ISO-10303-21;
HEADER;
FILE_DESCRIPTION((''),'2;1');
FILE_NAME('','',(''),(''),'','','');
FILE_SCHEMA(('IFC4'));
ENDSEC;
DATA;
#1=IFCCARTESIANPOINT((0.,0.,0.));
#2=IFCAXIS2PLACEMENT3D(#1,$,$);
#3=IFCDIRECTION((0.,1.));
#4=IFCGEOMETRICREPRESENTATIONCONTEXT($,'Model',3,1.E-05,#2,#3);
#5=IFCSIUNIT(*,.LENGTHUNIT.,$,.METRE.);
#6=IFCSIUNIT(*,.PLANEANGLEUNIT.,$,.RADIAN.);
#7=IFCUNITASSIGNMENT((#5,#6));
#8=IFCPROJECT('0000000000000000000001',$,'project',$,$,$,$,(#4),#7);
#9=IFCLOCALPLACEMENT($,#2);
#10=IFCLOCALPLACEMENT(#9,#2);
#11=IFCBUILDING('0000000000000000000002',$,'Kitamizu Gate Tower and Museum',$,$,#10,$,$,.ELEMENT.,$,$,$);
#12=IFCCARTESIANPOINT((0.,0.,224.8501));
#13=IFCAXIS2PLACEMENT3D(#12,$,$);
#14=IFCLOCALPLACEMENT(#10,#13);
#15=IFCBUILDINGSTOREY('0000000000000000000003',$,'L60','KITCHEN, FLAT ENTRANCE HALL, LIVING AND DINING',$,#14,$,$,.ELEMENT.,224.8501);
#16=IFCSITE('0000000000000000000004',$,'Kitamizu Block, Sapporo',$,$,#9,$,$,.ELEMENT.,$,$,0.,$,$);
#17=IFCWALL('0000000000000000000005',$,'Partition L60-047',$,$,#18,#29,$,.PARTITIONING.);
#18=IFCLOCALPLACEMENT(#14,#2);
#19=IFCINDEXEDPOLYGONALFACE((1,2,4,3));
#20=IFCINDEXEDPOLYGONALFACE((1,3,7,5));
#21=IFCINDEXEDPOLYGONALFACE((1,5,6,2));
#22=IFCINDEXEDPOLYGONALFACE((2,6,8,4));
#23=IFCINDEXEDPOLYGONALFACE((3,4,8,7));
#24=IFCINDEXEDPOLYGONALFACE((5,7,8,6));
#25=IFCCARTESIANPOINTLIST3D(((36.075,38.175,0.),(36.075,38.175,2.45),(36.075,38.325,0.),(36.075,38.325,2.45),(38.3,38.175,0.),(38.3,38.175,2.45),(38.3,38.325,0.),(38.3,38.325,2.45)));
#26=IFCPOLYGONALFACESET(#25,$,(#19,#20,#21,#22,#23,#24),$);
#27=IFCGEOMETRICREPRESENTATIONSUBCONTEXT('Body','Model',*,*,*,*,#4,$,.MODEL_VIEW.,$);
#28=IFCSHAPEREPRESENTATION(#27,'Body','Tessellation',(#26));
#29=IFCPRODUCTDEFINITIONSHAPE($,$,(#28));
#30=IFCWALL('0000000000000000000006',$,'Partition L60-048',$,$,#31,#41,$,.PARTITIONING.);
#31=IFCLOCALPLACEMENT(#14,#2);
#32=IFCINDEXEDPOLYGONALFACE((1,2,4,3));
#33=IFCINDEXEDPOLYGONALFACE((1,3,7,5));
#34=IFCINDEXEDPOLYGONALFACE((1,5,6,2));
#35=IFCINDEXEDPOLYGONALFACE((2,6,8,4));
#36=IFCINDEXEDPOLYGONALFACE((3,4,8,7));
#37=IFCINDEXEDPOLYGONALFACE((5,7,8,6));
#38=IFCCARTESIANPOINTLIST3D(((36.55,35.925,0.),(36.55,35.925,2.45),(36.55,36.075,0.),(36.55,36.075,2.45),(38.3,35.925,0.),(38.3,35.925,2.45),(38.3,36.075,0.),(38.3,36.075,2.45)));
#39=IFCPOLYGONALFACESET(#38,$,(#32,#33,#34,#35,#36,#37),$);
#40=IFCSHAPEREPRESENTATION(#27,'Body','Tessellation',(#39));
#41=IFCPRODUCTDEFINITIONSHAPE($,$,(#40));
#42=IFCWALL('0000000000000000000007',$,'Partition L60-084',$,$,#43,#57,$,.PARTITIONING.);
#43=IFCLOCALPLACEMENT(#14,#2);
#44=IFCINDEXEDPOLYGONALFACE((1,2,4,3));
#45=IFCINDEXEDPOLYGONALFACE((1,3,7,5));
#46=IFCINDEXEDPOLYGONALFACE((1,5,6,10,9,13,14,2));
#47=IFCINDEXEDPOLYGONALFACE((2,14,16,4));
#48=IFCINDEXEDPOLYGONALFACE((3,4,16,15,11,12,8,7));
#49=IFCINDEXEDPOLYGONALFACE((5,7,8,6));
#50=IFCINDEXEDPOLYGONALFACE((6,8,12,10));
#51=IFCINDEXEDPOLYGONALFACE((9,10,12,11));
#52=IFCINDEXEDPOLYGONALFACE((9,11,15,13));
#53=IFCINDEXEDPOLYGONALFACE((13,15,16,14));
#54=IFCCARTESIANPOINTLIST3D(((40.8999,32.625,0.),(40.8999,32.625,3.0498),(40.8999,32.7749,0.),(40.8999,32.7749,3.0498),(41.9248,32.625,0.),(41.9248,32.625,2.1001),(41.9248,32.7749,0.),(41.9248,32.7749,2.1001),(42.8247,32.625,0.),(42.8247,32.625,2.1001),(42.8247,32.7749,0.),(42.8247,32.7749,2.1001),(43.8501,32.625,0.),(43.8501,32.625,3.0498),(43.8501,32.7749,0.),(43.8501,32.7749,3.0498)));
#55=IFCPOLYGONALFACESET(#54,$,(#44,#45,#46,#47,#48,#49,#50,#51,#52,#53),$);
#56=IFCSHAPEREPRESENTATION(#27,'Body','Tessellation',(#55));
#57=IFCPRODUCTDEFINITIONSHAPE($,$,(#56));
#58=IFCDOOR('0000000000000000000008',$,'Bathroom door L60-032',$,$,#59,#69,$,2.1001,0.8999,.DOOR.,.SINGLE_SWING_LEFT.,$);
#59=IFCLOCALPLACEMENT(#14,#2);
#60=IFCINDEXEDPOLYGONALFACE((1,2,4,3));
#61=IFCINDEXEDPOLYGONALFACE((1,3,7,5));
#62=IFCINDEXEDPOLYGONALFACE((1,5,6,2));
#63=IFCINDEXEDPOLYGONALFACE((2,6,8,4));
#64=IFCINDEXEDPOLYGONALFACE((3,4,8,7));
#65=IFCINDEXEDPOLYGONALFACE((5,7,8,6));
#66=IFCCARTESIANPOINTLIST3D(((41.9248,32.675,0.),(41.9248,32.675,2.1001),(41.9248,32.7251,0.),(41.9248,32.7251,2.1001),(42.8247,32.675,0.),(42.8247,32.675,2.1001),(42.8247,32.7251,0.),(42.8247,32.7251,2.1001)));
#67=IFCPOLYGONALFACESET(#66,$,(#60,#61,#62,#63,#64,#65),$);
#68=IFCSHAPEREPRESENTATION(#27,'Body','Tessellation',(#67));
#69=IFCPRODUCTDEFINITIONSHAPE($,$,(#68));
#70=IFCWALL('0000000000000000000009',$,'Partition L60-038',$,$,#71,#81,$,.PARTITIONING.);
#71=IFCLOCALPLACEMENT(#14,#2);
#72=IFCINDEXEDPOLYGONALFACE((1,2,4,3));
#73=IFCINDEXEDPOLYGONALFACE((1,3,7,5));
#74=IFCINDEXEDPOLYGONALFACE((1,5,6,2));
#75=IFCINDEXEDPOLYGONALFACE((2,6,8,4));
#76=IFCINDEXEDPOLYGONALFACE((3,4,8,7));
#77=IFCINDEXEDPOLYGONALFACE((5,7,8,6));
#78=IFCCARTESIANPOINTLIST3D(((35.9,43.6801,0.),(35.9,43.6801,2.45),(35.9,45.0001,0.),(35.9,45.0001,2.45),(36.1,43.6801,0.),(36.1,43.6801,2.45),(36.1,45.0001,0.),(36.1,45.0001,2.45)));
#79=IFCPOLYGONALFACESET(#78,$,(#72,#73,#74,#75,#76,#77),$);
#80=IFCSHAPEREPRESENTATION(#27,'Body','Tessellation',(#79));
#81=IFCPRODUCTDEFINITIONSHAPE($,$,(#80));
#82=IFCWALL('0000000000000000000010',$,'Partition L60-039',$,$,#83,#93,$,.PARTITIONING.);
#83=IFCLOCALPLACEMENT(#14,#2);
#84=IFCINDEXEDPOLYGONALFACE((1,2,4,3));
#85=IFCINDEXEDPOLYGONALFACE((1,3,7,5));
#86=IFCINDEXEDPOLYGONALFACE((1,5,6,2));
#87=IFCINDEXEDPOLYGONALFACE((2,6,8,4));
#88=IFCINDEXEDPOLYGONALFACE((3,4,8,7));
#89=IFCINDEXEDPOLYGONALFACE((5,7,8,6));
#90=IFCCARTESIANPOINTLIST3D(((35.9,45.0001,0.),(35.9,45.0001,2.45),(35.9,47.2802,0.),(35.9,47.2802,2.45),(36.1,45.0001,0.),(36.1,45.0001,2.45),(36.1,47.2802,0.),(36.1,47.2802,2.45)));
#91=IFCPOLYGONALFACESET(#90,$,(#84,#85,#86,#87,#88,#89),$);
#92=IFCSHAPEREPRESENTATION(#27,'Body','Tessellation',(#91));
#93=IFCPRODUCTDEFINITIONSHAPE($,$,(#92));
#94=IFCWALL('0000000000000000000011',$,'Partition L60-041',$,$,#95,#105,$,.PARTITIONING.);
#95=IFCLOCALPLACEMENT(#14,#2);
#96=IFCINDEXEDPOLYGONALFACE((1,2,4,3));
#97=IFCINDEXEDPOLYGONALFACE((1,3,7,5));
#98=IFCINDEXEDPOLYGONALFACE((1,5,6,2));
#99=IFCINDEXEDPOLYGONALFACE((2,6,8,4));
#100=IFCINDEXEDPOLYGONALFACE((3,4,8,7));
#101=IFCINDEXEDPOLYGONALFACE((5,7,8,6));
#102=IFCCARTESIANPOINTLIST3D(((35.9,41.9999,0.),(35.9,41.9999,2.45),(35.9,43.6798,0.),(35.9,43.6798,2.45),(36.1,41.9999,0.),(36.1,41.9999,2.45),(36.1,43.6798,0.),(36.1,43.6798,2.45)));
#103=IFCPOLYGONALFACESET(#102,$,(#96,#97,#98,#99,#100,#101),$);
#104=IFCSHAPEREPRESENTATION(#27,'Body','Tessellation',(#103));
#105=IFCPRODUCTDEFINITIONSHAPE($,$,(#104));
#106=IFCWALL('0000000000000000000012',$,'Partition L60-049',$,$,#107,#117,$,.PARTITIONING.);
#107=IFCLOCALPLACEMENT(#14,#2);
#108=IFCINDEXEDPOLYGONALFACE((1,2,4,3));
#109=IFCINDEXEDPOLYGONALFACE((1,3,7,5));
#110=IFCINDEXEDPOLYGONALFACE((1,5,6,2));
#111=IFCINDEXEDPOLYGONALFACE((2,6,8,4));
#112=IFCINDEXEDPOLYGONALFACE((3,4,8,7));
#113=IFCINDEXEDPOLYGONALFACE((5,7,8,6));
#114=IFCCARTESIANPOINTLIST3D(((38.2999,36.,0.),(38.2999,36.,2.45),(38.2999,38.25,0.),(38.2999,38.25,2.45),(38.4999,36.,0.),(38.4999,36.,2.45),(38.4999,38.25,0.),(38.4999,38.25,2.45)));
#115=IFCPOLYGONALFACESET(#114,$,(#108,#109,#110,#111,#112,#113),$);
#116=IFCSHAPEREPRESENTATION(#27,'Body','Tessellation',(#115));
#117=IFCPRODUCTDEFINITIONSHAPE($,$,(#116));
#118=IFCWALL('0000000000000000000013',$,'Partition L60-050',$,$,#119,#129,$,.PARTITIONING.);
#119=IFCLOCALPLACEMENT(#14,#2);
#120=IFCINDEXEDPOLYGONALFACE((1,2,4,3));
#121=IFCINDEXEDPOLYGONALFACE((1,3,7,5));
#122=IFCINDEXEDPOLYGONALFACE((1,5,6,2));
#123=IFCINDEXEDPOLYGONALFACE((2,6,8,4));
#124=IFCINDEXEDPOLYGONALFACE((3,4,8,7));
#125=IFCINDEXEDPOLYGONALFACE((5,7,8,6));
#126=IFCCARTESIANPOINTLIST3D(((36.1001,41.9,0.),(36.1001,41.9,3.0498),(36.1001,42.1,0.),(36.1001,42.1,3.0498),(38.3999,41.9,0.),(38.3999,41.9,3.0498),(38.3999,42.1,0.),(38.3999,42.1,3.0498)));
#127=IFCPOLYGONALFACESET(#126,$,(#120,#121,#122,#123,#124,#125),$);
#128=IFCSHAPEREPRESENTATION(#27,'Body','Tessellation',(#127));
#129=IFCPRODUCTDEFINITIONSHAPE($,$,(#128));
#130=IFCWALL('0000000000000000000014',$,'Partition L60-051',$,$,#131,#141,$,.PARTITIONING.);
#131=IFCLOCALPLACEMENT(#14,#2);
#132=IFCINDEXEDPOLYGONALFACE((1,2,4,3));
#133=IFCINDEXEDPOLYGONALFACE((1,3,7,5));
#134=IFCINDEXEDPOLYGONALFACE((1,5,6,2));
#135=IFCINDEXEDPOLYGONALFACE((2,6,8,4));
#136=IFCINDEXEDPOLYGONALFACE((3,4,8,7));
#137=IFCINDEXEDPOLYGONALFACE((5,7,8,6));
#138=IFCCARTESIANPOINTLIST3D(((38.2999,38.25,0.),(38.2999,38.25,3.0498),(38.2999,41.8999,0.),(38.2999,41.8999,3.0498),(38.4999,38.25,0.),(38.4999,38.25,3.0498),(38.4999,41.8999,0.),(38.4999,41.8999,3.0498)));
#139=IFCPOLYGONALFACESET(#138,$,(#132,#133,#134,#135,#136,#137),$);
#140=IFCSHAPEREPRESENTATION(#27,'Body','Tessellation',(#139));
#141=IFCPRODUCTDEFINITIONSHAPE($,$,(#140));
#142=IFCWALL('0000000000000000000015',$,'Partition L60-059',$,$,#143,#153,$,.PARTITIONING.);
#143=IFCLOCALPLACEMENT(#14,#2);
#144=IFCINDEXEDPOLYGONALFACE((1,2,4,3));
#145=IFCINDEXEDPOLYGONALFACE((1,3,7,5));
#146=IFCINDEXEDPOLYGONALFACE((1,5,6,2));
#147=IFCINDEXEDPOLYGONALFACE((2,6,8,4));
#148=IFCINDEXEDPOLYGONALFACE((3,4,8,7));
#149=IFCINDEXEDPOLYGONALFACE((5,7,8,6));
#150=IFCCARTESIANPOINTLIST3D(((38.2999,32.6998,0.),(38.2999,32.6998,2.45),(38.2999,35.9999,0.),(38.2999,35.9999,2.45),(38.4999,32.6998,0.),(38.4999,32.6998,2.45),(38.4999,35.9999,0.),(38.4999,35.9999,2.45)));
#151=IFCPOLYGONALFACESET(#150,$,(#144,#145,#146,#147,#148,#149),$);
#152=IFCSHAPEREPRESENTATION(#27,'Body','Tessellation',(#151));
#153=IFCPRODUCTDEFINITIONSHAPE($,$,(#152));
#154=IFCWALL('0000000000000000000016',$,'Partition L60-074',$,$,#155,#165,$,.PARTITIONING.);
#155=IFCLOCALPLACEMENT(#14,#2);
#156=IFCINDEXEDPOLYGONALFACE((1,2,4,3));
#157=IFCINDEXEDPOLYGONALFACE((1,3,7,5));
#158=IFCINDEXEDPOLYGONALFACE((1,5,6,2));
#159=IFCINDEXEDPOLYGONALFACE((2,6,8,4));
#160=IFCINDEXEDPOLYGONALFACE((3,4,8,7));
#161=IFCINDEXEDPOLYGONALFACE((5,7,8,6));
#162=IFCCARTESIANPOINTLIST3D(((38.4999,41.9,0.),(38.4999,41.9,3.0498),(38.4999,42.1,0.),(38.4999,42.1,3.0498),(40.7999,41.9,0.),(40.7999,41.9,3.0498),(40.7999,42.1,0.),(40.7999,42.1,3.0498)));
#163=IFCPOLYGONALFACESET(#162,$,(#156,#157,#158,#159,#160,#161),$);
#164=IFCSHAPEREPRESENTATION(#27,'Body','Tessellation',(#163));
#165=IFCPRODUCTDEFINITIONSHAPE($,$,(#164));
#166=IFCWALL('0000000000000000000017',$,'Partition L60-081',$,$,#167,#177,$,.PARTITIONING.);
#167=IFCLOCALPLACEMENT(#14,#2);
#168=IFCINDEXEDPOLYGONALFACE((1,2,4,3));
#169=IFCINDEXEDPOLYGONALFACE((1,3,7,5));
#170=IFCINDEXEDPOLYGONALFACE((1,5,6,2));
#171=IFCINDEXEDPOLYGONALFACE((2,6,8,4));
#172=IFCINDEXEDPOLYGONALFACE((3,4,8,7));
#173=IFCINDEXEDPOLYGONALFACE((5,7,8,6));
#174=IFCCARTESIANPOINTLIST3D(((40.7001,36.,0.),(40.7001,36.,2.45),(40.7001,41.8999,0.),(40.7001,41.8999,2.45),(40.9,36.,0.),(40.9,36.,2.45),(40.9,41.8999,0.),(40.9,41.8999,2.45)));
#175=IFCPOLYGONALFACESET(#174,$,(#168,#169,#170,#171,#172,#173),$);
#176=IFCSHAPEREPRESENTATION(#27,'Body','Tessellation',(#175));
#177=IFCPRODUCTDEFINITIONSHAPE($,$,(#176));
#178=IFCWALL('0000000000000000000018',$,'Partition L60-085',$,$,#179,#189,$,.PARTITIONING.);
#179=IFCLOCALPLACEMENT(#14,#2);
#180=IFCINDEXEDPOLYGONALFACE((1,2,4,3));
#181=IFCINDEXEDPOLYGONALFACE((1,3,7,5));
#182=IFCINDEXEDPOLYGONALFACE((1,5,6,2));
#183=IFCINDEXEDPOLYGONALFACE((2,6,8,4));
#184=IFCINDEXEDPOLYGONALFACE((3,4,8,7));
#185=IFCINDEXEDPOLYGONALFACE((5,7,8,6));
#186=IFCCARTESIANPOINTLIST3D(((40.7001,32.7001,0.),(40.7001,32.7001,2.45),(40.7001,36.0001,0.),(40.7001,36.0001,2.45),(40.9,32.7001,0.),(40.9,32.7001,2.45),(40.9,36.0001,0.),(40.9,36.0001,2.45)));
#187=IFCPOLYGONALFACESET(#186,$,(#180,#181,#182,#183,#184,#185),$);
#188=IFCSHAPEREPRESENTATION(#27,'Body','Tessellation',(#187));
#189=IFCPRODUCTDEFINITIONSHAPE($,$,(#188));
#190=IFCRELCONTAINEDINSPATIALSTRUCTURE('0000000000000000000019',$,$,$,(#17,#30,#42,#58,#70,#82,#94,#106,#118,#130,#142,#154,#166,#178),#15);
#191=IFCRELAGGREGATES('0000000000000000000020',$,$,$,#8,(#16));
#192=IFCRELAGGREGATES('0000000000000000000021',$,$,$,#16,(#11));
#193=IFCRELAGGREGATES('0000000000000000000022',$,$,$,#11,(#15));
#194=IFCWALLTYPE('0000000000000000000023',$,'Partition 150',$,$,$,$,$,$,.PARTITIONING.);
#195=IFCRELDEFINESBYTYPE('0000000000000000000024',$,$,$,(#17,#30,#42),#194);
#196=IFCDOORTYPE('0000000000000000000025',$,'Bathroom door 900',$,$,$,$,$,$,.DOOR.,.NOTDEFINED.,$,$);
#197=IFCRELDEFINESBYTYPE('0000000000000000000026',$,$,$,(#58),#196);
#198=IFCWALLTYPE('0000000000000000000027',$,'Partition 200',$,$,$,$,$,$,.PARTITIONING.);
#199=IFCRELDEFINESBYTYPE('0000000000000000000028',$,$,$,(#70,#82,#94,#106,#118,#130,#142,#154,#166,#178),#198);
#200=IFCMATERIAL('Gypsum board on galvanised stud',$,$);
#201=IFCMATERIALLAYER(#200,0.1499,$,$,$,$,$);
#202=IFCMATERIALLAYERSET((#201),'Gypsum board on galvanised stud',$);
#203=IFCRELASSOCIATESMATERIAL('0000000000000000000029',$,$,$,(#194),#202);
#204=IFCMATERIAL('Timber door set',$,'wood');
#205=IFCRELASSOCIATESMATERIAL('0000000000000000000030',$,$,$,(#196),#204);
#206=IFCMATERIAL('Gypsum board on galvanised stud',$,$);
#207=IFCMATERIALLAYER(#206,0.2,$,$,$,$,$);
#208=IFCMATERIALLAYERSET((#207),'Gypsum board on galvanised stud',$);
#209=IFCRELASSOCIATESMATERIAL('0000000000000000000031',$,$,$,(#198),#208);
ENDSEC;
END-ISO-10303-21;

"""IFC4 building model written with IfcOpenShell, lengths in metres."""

from ifc_helpers import new_model, si_unit, direction, frame, frame_2d, origin, place, context, subcontext, project, spatial, rectangle, extrude, material, layer, layer_set, type_object, element, fill, save


model = new_model("IFC4")

# Units and contexts
model_context = context("Model", 3, precision=1e-05, world=origin(), true_north=direction((0.0, 1.0)))
body_context = subcontext(model_context, "Body", "Model", "MODEL_VIEW")
ifc_project = project(units=[si_unit("LENGTHUNIT", "METRE"), si_unit("PLANEANGLEUNIT", "RADIAN")], contexts=[model_context])

# Site, building, storey
site_placement = place(None, origin())
site = spatial("IfcSite", under=ifc_project, at=site_placement, Name="Kitamizu Block, Sapporo", CompositionType="ELEMENT", RefElevation=0.0)
building_placement = place(site_placement, origin())
building = spatial("IfcBuilding", under=site, at=building_placement, Name="Kitamizu Gate Tower and Museum", CompositionType="ELEMENT")
storey_placement = place(building_placement, frame((0.0, 0.0, 224.8501)))
storey = spatial("IfcBuildingStorey", under=building, at=storey_placement, Name="L60", Description="KITCHEN, FLAT ENTRANCE HALL, LIVING AND DINING", CompositionType="ELEMENT", Elevation=224.8501)

# Shared definitions
ifc_material_1 = material(Name="Gypsum board on galvanised stud")
ifc_layer_1 = layer(ifc_material_1, 0.1499)
ifc_layer_set_1 = layer_set([ifc_layer_1], Name="Gypsum board on galvanised stud")
wall_type_1 = type_object("IfcWallType", Name="Partition 150", PredefinedType="PARTITIONING", material=ifc_layer_set_1)
ifc_material_2 = material(Name="Timber door set", Category="wood")
door_type_1 = type_object("IfcDoorType", Name="Bathroom door 900", OperationType="NOTDEFINED", PredefinedType="DOOR", material=ifc_material_2)

# Walls
wall_1_placement = place(storey_placement, frame((38.3, 38.25, 0.0), z_axis=(0.0, 0.0, 1.0), x_axis=(-1.0, 0.0, 0.0)))
element("IfcWall", 1, at=wall_1_placement, inside=storey, type_object=wall_type_1, Name="Partition L60-047", PredefinedType="PARTITIONING", context=body_context, shape_type="SweptSolid", body=[
    extrude(rectangle(XDim=2.2251, YDim=0.1499, at=frame_2d((1.1125, 0.0))), origin(), (0.0, 0.0, 1.0), 2.45),
])
wall_2_placement = place(storey_placement, frame((36.55, 36.0, 0.0), z_axis=(0.0, 0.0, 1.0), x_axis=(1.0, 0.0, 0.0)))
element("IfcWall", 2, at=wall_2_placement, inside=storey, type_object=wall_type_1, Name="Partition L60-048", PredefinedType="PARTITIONING", context=body_context, shape_type="SweptSolid", body=[
    extrude(rectangle(XDim=1.75, YDim=0.1499, at=frame_2d((0.875, 0.0))), origin(), (0.0, 0.0, 1.0), 2.45),
])

# Wall, opening, door
wall_3_placement = place(storey_placement, frame((40.8999, 32.7, 0.0), z_axis=(0.0, 0.0, 1.0), x_axis=(1.0, 0.0, 0.0)))
wall_3 = element("IfcWall", 3, at=wall_3_placement, inside=storey, type_object=wall_type_1, Name="Partition L60-084", PredefinedType="PARTITIONING", context=body_context, shape_type="SweptSolid", body=[
    extrude(rectangle(XDim=2.9502, YDim=0.1499, at=frame_2d((1.4751, 0.0))), origin(), (0.0, 0.0, 1.0), 3.0498),
])
opening_1_placement = place(wall_3_placement, frame((1.0249, 0.0, 0.0)))
opening_1 = element("IfcOpeningElement", 4, at=opening_1_placement, cuts=wall_3, PredefinedType="OPENING", context=body_context, shape_type="SweptSolid", body=[
    extrude(rectangle(XDim=0.8999, YDim=2.1001, at=frame_2d((0.45, 1.05))), frame((0.0, 0.085, 0.0), z_axis=(0.0, -1.0, 0.0), x_axis=(1.0, 0.0, 0.0)), (0.0, 0.0, 1.0), 0.1699),
])
door_1_placement = place(opening_1_placement, frame((0.8999, 0.0, 0.0), x_axis=(-1.0, 0.0, 0.0)))
door_1 = element("IfcDoor", 5, at=door_1_placement, inside=storey, type_object=door_type_1, Name="Bathroom door L60-032", OperationType="SINGLE_SWING_LEFT", OverallHeight=2.1001, OverallWidth=0.8999, PredefinedType="DOOR", context=body_context, shape_type="SweptSolid", body=[
    extrude(rectangle(XDim=0.8999, YDim=2.1001, at=frame_2d((0.45, 1.05))), frame((0.0, 0.0249, 0.0), z_axis=(0.0, -1.0, 0.0), x_axis=(1.0, 0.0, 0.0)), (0.0, 0.0, 1.0), 0.05),
])
fill(opening_1, door_1)

# Walls
ifc_material_3 = material(Name="Gypsum board on galvanised stud")
ifc_layer_2 = layer(ifc_material_3, 0.2)
ifc_layer_set_2 = layer_set([ifc_layer_2], Name="Gypsum board on galvanised stud")
wall_type_2 = type_object("IfcWallType", Name="Partition 200", PredefinedType="PARTITIONING", material=ifc_layer_set_2)
wall_4_placement = place(storey_placement, frame((36.0, 43.6799, 0.0), z_axis=(0.0, 0.0, 1.0), x_axis=(0.0, 1.0, 0.0)))
element("IfcWall", 6, at=wall_4_placement, inside=storey, type_object=wall_type_2, Name="Partition L60-038", PredefinedType="PARTITIONING", context=body_context, shape_type="SweptSolid", body=[
    extrude(rectangle(XDim=1.3201, YDim=0.2, at=frame_2d((0.6602, 0.0))), origin(), (0.0, 0.0, 1.0), 2.45),
])
wall_5_placement = place(storey_placement, frame((36.0, 45.0, 0.0), z_axis=(0.0, 0.0, 1.0), x_axis=(0.0, 1.0, 0.0)))
element("IfcWall", 7, at=wall_5_placement, inside=storey, type_object=wall_type_2, Name="Partition L60-039", PredefinedType="PARTITIONING", context=body_context, shape_type="SweptSolid", body=[
    extrude(rectangle(XDim=2.28, YDim=0.2, at=frame_2d((1.1401, 0.0))), origin(), (0.0, 0.0, 1.0), 2.45),
])
wall_6_placement = place(storey_placement, frame((36.0, 42.0, 0.0), z_axis=(0.0, 0.0, 1.0), x_axis=(0.0, 1.0, 0.0)))
element("IfcWall", 8, at=wall_6_placement, inside=storey, type_object=wall_type_2, Name="Partition L60-041", PredefinedType="PARTITIONING", context=body_context, shape_type="SweptSolid", body=[
    extrude(rectangle(XDim=1.6799, YDim=0.2, at=frame_2d((0.8398, 0.0))), origin(), (0.0, 0.0, 1.0), 2.45),
])
wall_7_placement = place(storey_placement, frame((38.3999, 36.0, 0.0), z_axis=(0.0, 0.0, 1.0), x_axis=(0.0, 1.0, 0.0)))
element("IfcWall", 9, at=wall_7_placement, inside=storey, type_object=wall_type_2, Name="Partition L60-049", PredefinedType="PARTITIONING", context=body_context, shape_type="SweptSolid", body=[
    extrude(rectangle(XDim=2.25, YDim=0.2, at=frame_2d((1.125, 0.0))), origin(), (0.0, 0.0, 1.0), 2.45),
])
wall_8_placement = place(storey_placement, frame((38.3999, 42.0, 0.0), z_axis=(0.0, 0.0, 1.0), x_axis=(-1.0, 0.0, 0.0)))
element("IfcWall", 10, at=wall_8_placement, inside=storey, type_object=wall_type_2, Name="Partition L60-050", PredefinedType="PARTITIONING", context=body_context, shape_type="SweptSolid", body=[
    extrude(rectangle(XDim=2.2998, YDim=0.2, at=frame_2d((1.1499, 0.0))), origin(), (0.0, 0.0, 1.0), 3.0498),
])
wall_9_placement = place(storey_placement, frame((38.3999, 38.25, 0.0), z_axis=(0.0, 0.0, 1.0), x_axis=(0.0, 1.0, 0.0)))
element("IfcWall", 11, at=wall_9_placement, inside=storey, type_object=wall_type_2, Name="Partition L60-051", PredefinedType="PARTITIONING", context=body_context, shape_type="SweptSolid", body=[
    extrude(rectangle(XDim=3.6499, YDim=0.2, at=frame_2d((1.825, 0.0))), origin(), (0.0, 0.0, 1.0), 3.0498),
])
wall_10_placement = place(storey_placement, frame((38.3999, 32.7, 0.0), z_axis=(0.0, 0.0, 1.0), x_axis=(0.0, 1.0, 0.0)))
element("IfcWall", 12, at=wall_10_placement, inside=storey, type_object=wall_type_2, Name="Partition L60-059", PredefinedType="PARTITIONING", context=body_context, shape_type="SweptSolid", body=[
    extrude(rectangle(XDim=3.3, YDim=0.2, at=frame_2d((1.6499, 0.0))), origin(), (0.0, 0.0, 1.0), 2.45),
])
wall_11_placement = place(storey_placement, frame((38.5, 42.0, 0.0), z_axis=(0.0, 0.0, 1.0), x_axis=(1.0, 0.0, 0.0)))
element("IfcWall", 13, at=wall_11_placement, inside=storey, type_object=wall_type_2, Name="Partition L60-074", PredefinedType="PARTITIONING", context=body_context, shape_type="SweptSolid", body=[
    extrude(rectangle(XDim=2.3, YDim=0.2, at=frame_2d((1.1499, 0.0))), origin(), (0.0, 0.0, 1.0), 3.0498),
])
wall_12_placement = place(storey_placement, frame((40.8, 41.8999, 0.0), z_axis=(0.0, 0.0, 1.0), x_axis=(0.0, -1.0, 0.0)))
element("IfcWall", 14, at=wall_12_placement, inside=storey, type_object=wall_type_2, Name="Partition L60-081", PredefinedType="PARTITIONING", context=body_context, shape_type="SweptSolid", body=[
    extrude(rectangle(XDim=5.8999, YDim=0.2, at=frame_2d((2.95, 0.0))), origin(), (0.0, 0.0, 1.0), 2.45),
])
wall_13_placement = place(storey_placement, frame((40.8, 36.0, 0.0), z_axis=(0.0, 0.0, 1.0), x_axis=(0.0, -1.0, 0.0)))
element("IfcWall", 15, at=wall_13_placement, inside=storey, type_object=wall_type_2, Name="Partition L60-085", PredefinedType="PARTITIONING", context=body_context, shape_type="SweptSolid", body=[
    extrude(rectangle(XDim=3.3, YDim=0.2, at=frame_2d((1.6499, 0.0))), origin(), (0.0, 0.0, 1.0), 2.45),
])

save(model, "model.ifc")
